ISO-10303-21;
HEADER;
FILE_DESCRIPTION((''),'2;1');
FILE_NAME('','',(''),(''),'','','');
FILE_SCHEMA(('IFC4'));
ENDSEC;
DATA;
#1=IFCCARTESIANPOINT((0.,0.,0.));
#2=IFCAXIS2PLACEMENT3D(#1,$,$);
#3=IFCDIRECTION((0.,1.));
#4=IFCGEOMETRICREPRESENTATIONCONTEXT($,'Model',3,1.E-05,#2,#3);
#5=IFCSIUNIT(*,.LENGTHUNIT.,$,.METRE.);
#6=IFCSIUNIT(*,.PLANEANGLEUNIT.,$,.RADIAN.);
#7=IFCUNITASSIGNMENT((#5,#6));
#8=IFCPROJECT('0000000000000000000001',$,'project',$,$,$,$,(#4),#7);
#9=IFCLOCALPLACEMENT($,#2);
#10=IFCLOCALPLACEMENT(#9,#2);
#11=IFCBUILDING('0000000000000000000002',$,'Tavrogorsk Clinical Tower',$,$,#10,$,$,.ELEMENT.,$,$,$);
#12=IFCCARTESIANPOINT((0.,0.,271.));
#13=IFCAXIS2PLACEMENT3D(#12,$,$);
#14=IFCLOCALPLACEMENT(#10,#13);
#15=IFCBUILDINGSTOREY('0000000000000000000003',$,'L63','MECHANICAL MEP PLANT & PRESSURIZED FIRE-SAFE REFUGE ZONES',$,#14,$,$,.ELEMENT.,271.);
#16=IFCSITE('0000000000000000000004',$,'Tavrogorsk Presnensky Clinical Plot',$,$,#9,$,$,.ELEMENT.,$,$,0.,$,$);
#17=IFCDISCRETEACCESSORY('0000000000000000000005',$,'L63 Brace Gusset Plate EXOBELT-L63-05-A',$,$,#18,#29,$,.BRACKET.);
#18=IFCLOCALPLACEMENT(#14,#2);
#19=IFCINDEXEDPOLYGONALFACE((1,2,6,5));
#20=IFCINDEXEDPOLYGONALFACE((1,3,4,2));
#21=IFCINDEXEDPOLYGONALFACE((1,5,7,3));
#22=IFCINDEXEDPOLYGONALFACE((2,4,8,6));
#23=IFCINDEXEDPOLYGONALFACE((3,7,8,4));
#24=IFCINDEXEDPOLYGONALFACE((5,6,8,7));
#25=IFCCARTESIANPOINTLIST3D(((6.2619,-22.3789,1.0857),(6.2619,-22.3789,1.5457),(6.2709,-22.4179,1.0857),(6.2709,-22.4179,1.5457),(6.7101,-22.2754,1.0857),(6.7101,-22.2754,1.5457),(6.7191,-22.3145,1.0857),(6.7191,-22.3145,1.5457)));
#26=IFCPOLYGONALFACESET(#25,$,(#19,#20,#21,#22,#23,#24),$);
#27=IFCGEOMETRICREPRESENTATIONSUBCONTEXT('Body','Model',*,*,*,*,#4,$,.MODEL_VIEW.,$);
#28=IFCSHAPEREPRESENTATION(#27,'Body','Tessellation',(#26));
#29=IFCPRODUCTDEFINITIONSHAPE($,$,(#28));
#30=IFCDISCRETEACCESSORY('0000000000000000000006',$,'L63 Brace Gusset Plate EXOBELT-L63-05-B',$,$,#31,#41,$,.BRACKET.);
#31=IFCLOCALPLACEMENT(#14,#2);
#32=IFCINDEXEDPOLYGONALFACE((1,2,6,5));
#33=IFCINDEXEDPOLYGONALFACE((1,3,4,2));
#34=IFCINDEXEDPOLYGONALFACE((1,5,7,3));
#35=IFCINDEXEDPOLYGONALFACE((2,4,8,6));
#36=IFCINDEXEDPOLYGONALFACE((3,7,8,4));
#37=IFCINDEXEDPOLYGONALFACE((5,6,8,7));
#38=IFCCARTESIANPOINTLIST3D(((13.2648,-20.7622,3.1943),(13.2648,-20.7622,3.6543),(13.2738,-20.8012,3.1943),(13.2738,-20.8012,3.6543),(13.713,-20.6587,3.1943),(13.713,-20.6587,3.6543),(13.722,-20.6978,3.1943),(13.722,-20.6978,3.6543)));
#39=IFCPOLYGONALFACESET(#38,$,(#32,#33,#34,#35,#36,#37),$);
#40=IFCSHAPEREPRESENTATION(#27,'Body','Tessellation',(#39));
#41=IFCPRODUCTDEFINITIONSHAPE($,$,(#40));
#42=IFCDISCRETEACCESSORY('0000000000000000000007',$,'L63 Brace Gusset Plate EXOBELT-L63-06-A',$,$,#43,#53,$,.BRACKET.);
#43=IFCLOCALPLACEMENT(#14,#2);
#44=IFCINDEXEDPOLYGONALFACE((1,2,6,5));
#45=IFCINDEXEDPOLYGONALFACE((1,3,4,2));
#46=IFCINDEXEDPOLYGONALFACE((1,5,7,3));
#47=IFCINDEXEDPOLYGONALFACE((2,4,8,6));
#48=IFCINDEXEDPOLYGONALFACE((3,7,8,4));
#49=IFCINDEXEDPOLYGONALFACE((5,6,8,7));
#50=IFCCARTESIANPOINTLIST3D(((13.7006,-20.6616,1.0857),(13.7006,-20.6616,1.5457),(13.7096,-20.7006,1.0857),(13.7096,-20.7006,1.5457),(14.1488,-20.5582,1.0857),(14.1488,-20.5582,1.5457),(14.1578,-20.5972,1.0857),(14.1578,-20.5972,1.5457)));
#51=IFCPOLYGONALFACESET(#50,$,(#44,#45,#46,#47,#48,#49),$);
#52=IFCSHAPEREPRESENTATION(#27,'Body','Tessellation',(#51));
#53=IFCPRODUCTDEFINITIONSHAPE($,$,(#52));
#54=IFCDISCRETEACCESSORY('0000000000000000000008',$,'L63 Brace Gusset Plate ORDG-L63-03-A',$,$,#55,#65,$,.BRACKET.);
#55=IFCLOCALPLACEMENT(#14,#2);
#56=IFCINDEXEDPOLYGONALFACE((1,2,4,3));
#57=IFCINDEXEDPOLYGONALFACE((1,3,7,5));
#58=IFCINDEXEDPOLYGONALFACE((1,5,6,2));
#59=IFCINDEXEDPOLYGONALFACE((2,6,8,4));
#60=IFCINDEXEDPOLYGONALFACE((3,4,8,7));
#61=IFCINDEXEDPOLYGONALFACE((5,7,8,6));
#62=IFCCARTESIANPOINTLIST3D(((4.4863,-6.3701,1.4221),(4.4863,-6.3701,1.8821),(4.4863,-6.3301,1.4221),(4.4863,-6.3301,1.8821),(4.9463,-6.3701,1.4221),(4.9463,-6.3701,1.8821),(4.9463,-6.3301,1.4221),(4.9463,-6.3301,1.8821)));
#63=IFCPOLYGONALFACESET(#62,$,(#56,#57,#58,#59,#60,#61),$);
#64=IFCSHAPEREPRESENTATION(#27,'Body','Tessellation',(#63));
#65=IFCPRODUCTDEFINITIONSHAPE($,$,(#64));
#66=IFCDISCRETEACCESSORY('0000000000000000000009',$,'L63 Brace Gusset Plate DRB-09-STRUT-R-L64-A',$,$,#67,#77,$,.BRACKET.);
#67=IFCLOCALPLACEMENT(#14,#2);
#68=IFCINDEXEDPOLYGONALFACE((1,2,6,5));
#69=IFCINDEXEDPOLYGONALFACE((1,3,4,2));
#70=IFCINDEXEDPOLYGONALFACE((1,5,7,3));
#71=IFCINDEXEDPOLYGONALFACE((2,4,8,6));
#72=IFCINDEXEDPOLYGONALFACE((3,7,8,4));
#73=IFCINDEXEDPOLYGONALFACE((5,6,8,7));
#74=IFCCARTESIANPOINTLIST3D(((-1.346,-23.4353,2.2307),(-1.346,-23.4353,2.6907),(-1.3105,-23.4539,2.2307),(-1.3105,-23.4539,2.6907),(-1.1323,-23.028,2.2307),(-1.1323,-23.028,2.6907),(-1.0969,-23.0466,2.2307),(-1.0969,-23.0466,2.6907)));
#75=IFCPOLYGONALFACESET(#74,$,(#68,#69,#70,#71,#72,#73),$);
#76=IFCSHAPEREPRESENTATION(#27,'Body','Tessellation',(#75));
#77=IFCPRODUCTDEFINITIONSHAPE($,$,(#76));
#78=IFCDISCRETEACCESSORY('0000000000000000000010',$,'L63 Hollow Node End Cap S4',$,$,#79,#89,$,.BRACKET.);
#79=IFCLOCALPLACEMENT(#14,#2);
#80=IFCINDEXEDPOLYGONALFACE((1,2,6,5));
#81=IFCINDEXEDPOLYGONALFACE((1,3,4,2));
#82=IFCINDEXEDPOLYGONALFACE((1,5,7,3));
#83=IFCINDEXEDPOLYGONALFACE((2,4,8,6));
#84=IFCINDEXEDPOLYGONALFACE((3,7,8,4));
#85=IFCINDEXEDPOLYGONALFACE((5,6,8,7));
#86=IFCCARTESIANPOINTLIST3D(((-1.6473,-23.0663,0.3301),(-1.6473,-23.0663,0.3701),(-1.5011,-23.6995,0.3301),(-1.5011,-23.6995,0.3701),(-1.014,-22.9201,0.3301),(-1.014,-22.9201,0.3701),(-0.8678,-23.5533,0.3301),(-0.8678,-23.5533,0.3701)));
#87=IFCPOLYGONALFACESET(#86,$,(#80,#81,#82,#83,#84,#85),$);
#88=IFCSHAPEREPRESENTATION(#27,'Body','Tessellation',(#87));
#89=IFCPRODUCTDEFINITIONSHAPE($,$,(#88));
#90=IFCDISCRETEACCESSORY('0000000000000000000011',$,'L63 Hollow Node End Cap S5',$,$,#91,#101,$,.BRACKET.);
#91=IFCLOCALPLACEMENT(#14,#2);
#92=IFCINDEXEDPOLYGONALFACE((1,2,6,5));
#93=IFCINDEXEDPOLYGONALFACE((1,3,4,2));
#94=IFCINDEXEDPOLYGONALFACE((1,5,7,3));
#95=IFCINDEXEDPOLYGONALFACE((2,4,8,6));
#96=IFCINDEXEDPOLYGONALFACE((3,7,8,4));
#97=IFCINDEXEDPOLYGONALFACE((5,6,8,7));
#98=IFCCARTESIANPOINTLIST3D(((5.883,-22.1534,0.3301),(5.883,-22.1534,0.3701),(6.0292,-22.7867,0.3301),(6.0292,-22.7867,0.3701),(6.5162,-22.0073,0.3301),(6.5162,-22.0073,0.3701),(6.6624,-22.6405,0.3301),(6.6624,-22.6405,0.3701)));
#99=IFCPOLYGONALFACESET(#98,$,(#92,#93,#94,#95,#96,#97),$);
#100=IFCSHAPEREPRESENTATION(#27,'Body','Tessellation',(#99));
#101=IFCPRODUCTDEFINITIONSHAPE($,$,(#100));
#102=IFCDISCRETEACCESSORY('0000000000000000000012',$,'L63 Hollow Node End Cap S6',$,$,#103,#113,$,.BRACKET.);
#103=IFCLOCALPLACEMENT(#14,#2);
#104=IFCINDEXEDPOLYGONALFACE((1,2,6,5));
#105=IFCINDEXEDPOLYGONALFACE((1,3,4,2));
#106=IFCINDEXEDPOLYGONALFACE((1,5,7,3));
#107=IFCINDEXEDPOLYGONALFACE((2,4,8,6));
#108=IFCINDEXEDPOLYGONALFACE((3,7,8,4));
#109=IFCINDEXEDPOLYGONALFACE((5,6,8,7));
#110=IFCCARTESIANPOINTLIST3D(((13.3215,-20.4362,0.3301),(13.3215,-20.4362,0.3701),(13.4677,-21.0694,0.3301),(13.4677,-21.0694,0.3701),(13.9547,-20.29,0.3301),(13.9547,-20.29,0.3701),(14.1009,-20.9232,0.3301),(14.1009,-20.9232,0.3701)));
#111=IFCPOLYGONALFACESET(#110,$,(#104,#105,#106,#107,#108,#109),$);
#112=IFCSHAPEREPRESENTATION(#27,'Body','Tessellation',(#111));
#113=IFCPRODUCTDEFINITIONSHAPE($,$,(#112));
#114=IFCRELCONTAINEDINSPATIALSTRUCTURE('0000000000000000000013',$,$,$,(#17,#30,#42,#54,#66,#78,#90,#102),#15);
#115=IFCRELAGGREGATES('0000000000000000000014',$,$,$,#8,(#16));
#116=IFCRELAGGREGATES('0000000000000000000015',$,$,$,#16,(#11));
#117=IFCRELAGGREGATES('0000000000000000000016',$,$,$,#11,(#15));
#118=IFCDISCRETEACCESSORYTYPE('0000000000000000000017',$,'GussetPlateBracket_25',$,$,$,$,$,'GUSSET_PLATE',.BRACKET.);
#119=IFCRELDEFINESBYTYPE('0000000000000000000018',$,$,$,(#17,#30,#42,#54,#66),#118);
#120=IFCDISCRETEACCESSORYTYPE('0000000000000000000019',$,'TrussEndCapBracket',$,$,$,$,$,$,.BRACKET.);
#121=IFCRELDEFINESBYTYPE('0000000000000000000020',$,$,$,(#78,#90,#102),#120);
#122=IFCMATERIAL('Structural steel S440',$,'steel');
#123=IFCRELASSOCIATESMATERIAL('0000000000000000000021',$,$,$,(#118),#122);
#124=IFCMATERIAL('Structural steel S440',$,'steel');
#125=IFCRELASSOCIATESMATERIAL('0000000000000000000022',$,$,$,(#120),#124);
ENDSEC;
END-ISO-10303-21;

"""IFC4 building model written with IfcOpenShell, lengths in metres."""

from ifc_helpers import new_model, si_unit, direction, frame, origin, origin_2d, place, context, subcontext, project, spatial, rectangle, extrude, material, type_object, element, save


model = new_model("IFC4")

# Units and contexts
model_context = context("Model", 3, precision=1e-05, world=origin(), true_north=direction((0.0, 1.0)))
body_context = subcontext(model_context, "Body", "Model", "MODEL_VIEW")
ifc_project = project(units=[si_unit("LENGTHUNIT", "METRE"), si_unit("PLANEANGLEUNIT", "RADIAN")], contexts=[model_context])

# Site, building, storey
site_placement = place(None, origin())
site = spatial("IfcSite", under=ifc_project, at=site_placement, Name="Tavrogorsk Presnensky Clinical Plot", CompositionType="ELEMENT", RefElevation=0.0)
building_placement = place(site_placement, origin())
building = spatial("IfcBuilding", under=site, at=building_placement, Name="Tavrogorsk Clinical Tower", CompositionType="ELEMENT")
storey_placement = place(building_placement, frame((0.0, 0.0, 271.0)))
storey = spatial("IfcBuildingStorey", under=building, at=storey_placement, Name="L63", Description="MECHANICAL MEP PLANT & PRESSURIZED FIRE-SAFE REFUGE ZONES", CompositionType="ELEMENT", Elevation=271.0)

# Discrete accessories
ifc_material_1 = material(Name="Structural steel S440", Category="steel")
discrete_accessory_type_1 = type_object("IfcDiscreteAccessoryType", Name="GussetPlateBracket_25", ElementType="GUSSET_PLATE", PredefinedType="BRACKET", material=ifc_material_1)
for number, where, z_axis, x_axis, name in (
    (1, (6.4905, -22.3467, 1.0857), (0.0, 0.0, 1.0), (0.97437, 0.224951, 0.0), "L63 Brace Gusset Plate EXOBELT-L63-05-A"),
    (2, (13.4934, -20.73, 3.1943), (0.0, 0.0, 1.0), (0.97437, 0.224951, 0.0), "L63 Brace Gusset Plate EXOBELT-L63-05-B"),
    (3, (13.9292, -20.6294, 1.0857), (0.0, 0.0, 1.0), (0.97437, 0.224951, 0.0), "L63 Brace Gusset Plate EXOBELT-L63-06-A"),
    (4, (4.7163, -6.3501, 1.4221), (0.0, 0.0, 1.0), (1.0, 0.0, 0.0), "L63 Brace Gusset Plate ORDG-L63-03-A"),
    (5, (-1.2214, -23.241, 2.2307), (0.0, 0.0, 1.0), (-0.464533, -0.885556, 0.0), "L63 Brace Gusset Plate DRB-09-STRUT-R-L64-A"),
):
    element("IfcDiscreteAccessory", number, at=place(storey_placement, frame(where, z_axis=z_axis, x_axis=x_axis)), inside=storey, type_object=discrete_accessory_type_1, Name=name, PredefinedType="BRACKET", context=body_context, shape_type="SweptSolid", body=[
        extrude(rectangle(XDim=0.46, YDim=0.04, at=origin_2d()), origin(), (0.0, 0.0, 1.0), 0.46),
    ])
ifc_material_2 = material(Name="Structural steel S440", Category="steel")
discrete_accessory_type_2 = type_object("IfcDiscreteAccessoryType", Name="TrussEndCapBracket", PredefinedType="BRACKET", material=ifc_material_2)
for number, where, z_axis, x_axis, name in (
    (6, (-1.2576, -23.3098, 0.3301), (0.0, 0.0, 1.0), (0.97437, 0.224951, 0.0), "L63 Hollow Node End Cap S4"),
    (7, (6.2727, -22.397, 0.3301), (0.0, 0.0, 1.0), (0.97437, 0.224951, 0.0), "L63 Hollow Node End Cap S5"),
    (8, (13.7112, -20.6797, 0.3301), (0.0, 0.0, 1.0), (0.97437, 0.224951, 0.0), "L63 Hollow Node End Cap S6"),
):
    element("IfcDiscreteAccessory", number, at=place(storey_placement, frame(where, z_axis=z_axis, x_axis=x_axis)), inside=storey, type_object=discrete_accessory_type_2, Name=name, PredefinedType="BRACKET", context=body_context, shape_type="SweptSolid", body=[
        extrude(rectangle(XDim=0.6499, YDim=0.6499, at=origin_2d()), origin(), (0.0, 0.0, 1.0), 0.04),
    ])

save(model, "model.ifc")
